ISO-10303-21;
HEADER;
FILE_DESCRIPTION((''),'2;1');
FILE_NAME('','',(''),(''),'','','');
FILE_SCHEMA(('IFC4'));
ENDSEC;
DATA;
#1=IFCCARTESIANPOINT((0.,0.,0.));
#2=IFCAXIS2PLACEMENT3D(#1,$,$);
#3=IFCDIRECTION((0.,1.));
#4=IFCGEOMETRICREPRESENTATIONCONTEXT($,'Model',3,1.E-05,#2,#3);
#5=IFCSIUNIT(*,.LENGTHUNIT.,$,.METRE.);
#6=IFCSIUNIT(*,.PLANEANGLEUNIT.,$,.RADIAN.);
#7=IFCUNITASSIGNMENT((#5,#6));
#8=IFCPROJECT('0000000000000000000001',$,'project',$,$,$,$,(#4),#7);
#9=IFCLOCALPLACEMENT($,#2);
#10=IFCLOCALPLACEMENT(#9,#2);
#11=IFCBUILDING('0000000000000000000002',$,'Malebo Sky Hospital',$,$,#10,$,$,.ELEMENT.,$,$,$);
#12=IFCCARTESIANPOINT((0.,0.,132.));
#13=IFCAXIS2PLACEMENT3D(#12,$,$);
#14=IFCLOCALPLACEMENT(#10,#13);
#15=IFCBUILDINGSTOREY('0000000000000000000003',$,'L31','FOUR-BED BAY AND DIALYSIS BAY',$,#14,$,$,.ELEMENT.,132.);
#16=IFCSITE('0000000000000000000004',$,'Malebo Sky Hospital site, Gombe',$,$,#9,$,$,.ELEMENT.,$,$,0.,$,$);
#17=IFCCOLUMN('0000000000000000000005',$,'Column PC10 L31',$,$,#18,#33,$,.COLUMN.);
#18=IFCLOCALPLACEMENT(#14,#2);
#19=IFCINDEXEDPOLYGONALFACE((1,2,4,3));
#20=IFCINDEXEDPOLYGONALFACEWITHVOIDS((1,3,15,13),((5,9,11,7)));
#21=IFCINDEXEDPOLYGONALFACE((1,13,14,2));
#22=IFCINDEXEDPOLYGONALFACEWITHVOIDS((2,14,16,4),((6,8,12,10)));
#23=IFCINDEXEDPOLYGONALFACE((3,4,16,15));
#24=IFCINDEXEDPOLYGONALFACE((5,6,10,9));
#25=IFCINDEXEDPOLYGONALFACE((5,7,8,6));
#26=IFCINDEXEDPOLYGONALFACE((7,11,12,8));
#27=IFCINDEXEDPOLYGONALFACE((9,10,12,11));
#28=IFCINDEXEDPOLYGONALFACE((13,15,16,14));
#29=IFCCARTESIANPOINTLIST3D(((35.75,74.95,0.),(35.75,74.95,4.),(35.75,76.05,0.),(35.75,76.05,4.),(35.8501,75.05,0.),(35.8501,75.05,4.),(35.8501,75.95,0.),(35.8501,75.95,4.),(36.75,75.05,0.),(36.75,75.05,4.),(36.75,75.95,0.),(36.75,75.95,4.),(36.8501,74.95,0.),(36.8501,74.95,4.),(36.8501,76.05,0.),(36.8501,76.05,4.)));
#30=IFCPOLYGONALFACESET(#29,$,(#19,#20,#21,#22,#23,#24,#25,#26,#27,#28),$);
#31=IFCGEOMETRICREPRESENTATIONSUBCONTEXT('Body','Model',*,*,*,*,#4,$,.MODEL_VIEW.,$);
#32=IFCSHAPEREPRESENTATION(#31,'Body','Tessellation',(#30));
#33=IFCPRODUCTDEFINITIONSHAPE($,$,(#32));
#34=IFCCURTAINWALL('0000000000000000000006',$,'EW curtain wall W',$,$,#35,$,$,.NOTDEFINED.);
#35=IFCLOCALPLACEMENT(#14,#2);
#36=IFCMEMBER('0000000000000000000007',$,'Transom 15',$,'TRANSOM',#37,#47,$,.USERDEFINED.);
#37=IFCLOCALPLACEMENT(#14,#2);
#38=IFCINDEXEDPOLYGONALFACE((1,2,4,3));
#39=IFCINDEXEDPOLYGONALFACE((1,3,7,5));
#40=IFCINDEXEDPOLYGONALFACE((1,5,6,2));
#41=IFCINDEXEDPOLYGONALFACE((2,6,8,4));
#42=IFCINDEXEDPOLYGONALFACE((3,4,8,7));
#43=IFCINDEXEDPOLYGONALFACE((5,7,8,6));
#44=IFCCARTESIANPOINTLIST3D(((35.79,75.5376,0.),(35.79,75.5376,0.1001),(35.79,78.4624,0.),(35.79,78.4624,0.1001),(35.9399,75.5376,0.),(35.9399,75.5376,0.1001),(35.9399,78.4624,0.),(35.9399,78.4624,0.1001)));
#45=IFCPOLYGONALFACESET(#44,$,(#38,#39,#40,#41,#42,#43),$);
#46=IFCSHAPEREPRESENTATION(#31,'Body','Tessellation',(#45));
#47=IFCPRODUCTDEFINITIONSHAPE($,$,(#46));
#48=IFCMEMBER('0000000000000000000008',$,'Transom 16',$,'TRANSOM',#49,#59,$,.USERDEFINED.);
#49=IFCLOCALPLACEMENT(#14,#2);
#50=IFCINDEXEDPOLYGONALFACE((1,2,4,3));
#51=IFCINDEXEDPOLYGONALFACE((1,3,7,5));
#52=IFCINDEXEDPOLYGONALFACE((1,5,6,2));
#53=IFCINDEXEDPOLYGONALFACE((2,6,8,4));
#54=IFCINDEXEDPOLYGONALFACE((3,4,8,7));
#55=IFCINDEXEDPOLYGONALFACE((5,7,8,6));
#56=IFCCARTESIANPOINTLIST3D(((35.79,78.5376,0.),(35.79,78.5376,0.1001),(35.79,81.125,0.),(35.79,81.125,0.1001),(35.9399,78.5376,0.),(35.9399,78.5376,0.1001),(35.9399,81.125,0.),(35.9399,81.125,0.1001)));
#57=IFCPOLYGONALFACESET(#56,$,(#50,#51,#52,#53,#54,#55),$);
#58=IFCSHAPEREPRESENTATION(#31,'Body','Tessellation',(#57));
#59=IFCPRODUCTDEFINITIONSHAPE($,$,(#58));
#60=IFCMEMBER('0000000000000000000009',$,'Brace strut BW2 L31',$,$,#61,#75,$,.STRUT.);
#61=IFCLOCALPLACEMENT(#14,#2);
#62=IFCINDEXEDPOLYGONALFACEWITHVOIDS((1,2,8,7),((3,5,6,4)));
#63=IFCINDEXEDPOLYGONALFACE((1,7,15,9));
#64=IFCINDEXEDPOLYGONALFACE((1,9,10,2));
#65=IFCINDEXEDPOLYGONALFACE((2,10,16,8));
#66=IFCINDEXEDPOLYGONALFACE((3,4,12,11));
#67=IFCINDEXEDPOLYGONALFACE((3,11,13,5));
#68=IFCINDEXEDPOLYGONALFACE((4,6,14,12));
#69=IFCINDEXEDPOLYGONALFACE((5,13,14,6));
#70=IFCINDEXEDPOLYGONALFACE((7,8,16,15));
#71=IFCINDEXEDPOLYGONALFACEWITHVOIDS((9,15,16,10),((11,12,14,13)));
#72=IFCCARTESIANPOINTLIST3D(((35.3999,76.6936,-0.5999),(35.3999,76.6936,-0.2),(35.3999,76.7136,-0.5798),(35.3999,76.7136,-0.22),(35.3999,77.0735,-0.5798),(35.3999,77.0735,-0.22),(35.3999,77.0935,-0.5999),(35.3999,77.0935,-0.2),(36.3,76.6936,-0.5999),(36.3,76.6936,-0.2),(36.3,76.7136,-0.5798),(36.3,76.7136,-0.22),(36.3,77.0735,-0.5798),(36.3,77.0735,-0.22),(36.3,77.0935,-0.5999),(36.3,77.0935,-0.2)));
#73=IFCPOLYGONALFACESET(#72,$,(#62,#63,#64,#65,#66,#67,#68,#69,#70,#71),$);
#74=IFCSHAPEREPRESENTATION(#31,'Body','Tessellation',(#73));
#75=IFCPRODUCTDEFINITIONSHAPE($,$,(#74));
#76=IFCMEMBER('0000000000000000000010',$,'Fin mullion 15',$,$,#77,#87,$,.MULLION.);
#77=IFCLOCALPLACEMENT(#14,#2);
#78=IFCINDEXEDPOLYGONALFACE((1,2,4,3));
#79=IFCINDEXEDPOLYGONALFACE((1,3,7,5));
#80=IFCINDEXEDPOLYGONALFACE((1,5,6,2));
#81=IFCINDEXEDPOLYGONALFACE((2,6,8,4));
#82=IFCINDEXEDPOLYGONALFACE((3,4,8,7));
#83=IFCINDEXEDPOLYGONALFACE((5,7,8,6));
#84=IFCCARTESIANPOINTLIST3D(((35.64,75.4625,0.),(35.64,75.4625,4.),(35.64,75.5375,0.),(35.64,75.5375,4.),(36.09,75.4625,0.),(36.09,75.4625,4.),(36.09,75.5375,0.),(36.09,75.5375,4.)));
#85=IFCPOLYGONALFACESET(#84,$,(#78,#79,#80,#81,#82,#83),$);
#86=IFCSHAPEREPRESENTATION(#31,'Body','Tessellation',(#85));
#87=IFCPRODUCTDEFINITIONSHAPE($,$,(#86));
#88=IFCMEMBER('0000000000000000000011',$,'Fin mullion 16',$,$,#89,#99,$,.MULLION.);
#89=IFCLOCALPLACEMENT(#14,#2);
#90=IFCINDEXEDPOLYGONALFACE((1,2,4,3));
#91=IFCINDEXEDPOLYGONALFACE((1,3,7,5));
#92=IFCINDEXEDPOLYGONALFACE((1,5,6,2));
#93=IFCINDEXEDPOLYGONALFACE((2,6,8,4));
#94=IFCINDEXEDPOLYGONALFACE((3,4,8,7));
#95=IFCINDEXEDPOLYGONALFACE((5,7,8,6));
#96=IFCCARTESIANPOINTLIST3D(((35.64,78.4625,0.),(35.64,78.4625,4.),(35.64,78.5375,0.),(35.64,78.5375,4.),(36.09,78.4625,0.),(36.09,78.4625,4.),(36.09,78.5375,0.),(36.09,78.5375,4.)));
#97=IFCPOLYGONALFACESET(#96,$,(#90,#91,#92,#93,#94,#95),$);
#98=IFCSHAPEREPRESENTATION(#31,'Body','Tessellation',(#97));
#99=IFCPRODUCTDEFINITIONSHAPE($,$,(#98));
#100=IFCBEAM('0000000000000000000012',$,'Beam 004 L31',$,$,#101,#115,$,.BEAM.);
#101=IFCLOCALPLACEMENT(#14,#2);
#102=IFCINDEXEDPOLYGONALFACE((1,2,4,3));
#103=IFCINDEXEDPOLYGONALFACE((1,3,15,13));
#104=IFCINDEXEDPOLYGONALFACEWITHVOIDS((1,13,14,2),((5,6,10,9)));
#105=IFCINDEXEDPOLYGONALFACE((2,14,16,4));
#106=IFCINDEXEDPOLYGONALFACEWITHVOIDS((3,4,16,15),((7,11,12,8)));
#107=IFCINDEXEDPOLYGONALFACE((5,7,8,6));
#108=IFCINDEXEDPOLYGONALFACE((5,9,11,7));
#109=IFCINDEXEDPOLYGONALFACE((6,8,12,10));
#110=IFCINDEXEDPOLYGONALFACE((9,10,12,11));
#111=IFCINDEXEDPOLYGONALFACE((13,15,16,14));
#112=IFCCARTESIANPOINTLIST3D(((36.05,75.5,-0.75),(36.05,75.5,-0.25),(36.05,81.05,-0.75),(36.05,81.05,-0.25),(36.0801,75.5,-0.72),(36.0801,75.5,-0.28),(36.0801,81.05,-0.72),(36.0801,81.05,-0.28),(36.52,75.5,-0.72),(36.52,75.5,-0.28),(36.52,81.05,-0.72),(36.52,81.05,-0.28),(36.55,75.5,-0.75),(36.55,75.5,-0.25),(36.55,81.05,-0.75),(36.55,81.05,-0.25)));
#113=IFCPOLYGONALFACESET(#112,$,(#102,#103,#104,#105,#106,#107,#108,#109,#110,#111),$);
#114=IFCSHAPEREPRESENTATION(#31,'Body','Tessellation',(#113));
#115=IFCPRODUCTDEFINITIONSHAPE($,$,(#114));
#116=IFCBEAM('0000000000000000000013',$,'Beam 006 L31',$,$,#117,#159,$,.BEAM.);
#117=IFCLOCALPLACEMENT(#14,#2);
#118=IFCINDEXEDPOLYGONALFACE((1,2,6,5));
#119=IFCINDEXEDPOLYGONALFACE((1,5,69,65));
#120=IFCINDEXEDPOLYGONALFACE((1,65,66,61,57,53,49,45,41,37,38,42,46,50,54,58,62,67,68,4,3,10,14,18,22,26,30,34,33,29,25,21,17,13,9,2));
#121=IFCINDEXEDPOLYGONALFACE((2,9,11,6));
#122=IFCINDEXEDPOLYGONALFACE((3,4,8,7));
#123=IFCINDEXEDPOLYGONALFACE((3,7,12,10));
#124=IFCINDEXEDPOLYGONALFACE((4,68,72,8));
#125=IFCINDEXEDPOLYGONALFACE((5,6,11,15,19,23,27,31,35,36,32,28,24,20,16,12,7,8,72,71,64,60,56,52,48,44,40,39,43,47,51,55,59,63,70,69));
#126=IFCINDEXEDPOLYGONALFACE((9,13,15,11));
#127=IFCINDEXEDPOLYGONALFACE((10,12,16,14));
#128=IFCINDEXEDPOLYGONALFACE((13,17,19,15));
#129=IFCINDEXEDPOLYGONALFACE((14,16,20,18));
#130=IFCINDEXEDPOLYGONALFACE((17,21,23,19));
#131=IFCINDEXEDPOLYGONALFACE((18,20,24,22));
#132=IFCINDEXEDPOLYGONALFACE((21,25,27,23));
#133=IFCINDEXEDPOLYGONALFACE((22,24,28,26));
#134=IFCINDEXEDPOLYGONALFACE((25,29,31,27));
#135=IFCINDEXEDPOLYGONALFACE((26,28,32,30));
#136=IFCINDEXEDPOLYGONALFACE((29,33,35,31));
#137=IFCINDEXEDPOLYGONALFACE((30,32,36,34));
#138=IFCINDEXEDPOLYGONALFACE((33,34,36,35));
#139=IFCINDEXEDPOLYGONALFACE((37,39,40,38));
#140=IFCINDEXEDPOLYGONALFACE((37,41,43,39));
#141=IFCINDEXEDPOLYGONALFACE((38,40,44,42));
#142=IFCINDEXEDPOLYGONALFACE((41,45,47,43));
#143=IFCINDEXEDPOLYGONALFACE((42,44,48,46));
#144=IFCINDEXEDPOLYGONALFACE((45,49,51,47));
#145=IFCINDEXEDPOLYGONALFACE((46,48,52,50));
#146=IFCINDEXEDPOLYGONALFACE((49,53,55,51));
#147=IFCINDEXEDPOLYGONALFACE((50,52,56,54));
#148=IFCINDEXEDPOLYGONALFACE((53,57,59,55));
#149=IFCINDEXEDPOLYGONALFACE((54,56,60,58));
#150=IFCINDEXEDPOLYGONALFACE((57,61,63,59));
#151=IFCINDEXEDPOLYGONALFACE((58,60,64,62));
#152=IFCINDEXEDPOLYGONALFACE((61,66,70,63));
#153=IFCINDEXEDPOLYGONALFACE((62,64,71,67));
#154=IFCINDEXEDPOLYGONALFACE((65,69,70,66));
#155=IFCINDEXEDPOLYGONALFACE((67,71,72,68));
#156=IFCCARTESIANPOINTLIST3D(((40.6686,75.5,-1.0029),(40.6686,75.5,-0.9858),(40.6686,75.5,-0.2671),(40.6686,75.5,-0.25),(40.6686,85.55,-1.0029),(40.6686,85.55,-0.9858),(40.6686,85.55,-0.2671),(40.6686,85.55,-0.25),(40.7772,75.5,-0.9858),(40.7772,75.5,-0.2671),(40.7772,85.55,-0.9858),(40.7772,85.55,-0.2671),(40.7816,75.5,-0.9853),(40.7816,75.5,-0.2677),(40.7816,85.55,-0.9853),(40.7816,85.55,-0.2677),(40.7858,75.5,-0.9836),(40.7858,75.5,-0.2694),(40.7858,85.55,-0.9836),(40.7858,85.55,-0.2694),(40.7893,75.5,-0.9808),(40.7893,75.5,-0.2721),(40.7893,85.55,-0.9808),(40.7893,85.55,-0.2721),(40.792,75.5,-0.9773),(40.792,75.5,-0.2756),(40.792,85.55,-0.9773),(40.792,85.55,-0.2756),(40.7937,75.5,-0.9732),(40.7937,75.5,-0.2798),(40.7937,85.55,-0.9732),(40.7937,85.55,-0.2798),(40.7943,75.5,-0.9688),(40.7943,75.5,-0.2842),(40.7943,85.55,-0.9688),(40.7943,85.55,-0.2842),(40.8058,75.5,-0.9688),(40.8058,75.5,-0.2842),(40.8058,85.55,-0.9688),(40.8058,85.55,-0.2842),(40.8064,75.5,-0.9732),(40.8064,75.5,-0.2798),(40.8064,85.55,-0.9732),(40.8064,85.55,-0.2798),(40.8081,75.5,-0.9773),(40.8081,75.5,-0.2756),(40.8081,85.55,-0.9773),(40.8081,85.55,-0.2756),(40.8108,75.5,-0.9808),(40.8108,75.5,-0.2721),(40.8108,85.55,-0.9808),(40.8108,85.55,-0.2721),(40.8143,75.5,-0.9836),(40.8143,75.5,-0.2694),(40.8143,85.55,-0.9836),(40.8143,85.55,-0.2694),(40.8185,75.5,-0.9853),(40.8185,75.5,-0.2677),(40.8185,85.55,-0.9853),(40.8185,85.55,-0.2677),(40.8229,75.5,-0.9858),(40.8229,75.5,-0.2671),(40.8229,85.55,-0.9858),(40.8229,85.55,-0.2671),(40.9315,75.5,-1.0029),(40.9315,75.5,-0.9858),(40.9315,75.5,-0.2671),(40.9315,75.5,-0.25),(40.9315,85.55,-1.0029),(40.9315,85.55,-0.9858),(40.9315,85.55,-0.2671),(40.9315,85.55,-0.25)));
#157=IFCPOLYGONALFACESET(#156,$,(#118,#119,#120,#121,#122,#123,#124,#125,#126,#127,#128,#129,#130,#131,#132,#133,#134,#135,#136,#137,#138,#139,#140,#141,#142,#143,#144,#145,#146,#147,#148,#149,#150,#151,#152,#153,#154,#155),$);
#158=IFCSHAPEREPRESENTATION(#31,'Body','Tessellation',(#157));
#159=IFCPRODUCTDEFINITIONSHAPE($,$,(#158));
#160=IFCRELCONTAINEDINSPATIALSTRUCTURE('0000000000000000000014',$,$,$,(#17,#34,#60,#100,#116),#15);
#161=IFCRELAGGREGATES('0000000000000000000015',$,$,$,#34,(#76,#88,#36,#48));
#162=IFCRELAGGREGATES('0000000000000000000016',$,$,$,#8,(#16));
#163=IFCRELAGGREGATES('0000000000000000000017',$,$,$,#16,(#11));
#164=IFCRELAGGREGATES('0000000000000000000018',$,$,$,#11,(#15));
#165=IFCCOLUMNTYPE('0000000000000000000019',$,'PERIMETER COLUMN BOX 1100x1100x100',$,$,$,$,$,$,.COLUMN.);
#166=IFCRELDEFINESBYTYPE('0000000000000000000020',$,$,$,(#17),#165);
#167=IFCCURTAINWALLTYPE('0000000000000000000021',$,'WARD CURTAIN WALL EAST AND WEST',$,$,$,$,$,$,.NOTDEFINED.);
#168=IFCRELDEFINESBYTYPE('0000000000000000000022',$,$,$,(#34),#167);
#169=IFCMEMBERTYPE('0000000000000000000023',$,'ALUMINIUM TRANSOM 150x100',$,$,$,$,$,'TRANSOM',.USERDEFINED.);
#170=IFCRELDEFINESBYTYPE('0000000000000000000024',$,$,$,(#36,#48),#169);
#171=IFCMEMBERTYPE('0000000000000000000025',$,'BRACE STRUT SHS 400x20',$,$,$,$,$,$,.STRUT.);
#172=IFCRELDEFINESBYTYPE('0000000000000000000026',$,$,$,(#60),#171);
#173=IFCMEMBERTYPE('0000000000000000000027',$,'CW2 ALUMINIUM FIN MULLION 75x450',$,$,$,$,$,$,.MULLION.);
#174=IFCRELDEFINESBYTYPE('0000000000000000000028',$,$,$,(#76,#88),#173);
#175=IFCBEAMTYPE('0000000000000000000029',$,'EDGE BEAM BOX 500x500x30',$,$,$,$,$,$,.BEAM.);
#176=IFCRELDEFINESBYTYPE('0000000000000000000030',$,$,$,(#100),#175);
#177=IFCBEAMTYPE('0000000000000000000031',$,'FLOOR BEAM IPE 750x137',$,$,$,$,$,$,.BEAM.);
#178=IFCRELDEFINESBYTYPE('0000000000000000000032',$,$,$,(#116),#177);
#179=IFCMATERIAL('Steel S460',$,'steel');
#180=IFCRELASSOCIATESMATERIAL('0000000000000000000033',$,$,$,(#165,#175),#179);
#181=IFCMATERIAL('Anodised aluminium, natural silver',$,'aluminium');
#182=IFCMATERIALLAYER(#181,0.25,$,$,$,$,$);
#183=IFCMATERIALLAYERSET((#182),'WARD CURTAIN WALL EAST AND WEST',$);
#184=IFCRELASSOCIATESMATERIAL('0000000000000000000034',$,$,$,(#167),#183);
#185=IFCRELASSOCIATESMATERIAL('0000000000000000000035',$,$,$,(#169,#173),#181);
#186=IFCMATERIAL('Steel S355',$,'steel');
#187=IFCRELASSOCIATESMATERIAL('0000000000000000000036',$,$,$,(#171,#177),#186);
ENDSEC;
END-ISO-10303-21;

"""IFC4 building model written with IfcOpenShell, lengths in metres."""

from ifc_helpers import new_model, si_unit, direction, frame, origin, origin_2d, place, context, subcontext, project, spatial, rectangle, hollow_rectangle, i_section, extrude, material, layer, layer_set, material_profile, profile_set, type_object, element, aggregate, save


model = new_model("IFC4")

# Units and contexts
model_context = context("Model", 3, precision=1e-05, world=origin(), true_north=direction((0.0, 1.0)))
body_context = subcontext(model_context, "Body", "Model", "MODEL_VIEW")
ifc_project = project(units=[si_unit("LENGTHUNIT", "METRE"), si_unit("PLANEANGLEUNIT", "RADIAN")], contexts=[model_context])

# Site, building, storey
site_placement = place(None, origin())
site = spatial("IfcSite", under=ifc_project, at=site_placement, Name="Malebo Sky Hospital site, Gombe", CompositionType="ELEMENT", RefElevation=0.0)
building_placement = place(site_placement, origin())
building = spatial("IfcBuilding", under=site, at=building_placement, Name="Malebo Sky Hospital", CompositionType="ELEMENT")
storey_placement = place(building_placement, frame((0.0, 0.0, 132.0)))
storey = spatial("IfcBuildingStorey", under=building, at=storey_placement, Name="L31", Description="FOUR-BED BAY AND DIALYSIS BAY", CompositionType="ELEMENT", Elevation=132.0)

# Column
ifc_material_1 = material(Name="Steel S460", Category="steel")
ifc_material_profile_1 = material_profile(ifc_material_1, hollow_rectangle(XDim=1.1001, YDim=1.1001, WallThickness=0.1001, at=origin_2d()), Name="BOX 1100x1100x100")
ifc_profile_set_1 = profile_set([ifc_material_profile_1], Name="Steel S460")
column_type = type_object("IfcColumnType", Name="PERIMETER COLUMN BOX 1100x1100x100", PredefinedType="COLUMN", material=ifc_profile_set_1)
column_placement = place(storey_placement, frame((36.3, 75.5, 0.0), z_axis=(0.0, 0.0, 1.0), x_axis=(1.0, 0.0, 0.0)))
element("IfcColumn", 1, at=column_placement, inside=storey, type_object=column_type, Name="Column PC10 L31", PredefinedType="COLUMN", context=body_context, shape_type="SweptSolid", body=[
    extrude(hollow_rectangle(XDim=1.1001, YDim=1.1001, WallThickness=0.1001, at=origin_2d()), origin(), (0.0, 0.0, 1.0), 4.0),
])

# Curtain wall, members
ifc_material_2 = material(Name="Anodised aluminium, natural silver", Category="aluminium")
ifc_layer_1 = layer(ifc_material_2, 0.25)
ifc_layer_set_1 = layer_set([ifc_layer_1], Name="WARD CURTAIN WALL EAST AND WEST")
curtain_wall_type = type_object("IfcCurtainWallType", Name="WARD CURTAIN WALL EAST AND WEST", PredefinedType="NOTDEFINED", material=ifc_layer_set_1)
curtain_wall_placement = place(storey_placement, origin())
curtain_wall = element("IfcCurtainWall", 2, at=curtain_wall_placement, inside=storey, type_object=curtain_wall_type, Name="EW curtain wall W", PredefinedType="NOTDEFINED")
ifc_material_profile_2 = material_profile(ifc_material_2, rectangle(XDim=0.1499, YDim=0.1001, at=origin_2d()), Name="ALUMINIUM TRANSOM 150x100")
ifc_profile_set_2 = profile_set([ifc_material_profile_2], Name="Anodised aluminium, natural silver")
member_type_1 = type_object("IfcMemberType", Name="ALUMINIUM TRANSOM 150x100", ElementType="TRANSOM", PredefinedType="USERDEFINED", material=ifc_profile_set_2)
member_1_placement = place(storey_placement, frame((35.865, 75.5376, 0.05), z_axis=(0.0, 1.0, 0.0), x_axis=(-1.0, 0.0, 0.0)))
member_1 = element("IfcMember", 3, at=member_1_placement, type_object=member_type_1, Name="Transom 15", ObjectType="TRANSOM", PredefinedType="USERDEFINED", context=body_context, shape_type="SweptSolid", body=[
    extrude(rectangle(XDim=0.1499, YDim=0.1001, at=origin_2d()), origin(), (0.0, 0.0, 1.0), 2.9248),
])
member_2_placement = place(storey_placement, frame((35.865, 78.5376, 0.05), z_axis=(0.0, 1.0, 0.0), x_axis=(-1.0, 0.0, 0.0)))
member_2 = element("IfcMember", 4, at=member_2_placement, type_object=member_type_1, Name="Transom 16", ObjectType="TRANSOM", PredefinedType="USERDEFINED", context=body_context, shape_type="SweptSolid", body=[
    extrude(rectangle(XDim=0.1499, YDim=0.1001, at=origin_2d()), origin(), (0.0, 0.0, 1.0), 2.5874),
])

# Members
ifc_material_3 = material(Name="Steel S355", Category="steel")
ifc_material_profile_3 = material_profile(ifc_material_3, hollow_rectangle(XDim=0.3999, YDim=0.3999, WallThickness=0.02, at=origin_2d()), Name="SHS 400x20")
ifc_profile_set_3 = profile_set([ifc_material_profile_3], Name="Steel S355")
member_type_2 = type_object("IfcMemberType", Name="BRACE STRUT SHS 400x20", PredefinedType="STRUT", material=ifc_profile_set_3)
member_3_placement = place(storey_placement, frame((35.3999, 76.8936, -0.3999), z_axis=(1.0, 0.0, 0.0), x_axis=(0.0, 1.0, 0.0)))
element("IfcMember", 5, at=member_3_placement, inside=storey, type_object=member_type_2, Name="Brace strut BW2 L31", PredefinedType="STRUT", context=body_context, shape_type="SweptSolid", body=[
    extrude(hollow_rectangle(XDim=0.3999, YDim=0.3999, WallThickness=0.02, at=origin_2d()), origin(), (0.0, 0.0, 1.0), 0.9001),
])
ifc_material_profile_4 = material_profile(ifc_material_2, rectangle(XDim=0.075, YDim=0.45, at=origin_2d()), Name="CW2 ALUMINIUM FIN MULLION 75x450")
ifc_profile_set_4 = profile_set([ifc_material_profile_4], Name="Anodised aluminium, natural silver")
member_type_3 = type_object("IfcMemberType", Name="CW2 ALUMINIUM FIN MULLION 75x450", PredefinedType="MULLION", material=ifc_profile_set_4)
member_4_placement = place(storey_placement, frame((35.865, 75.5, 0.0), z_axis=(0.0, 0.0, 1.0), x_axis=(0.0, 1.0, 0.0)))
member_4 = element("IfcMember", 6, at=member_4_placement, type_object=member_type_3, Name="Fin mullion 15", PredefinedType="MULLION", context=body_context, shape_type="SweptSolid", body=[
    extrude(rectangle(XDim=0.075, YDim=0.45, at=origin_2d()), origin(), (0.0, 0.0, 1.0), 4.0),
])
member_5_placement = place(storey_placement, frame((35.865, 78.5, 0.0), z_axis=(0.0, 0.0, 1.0), x_axis=(0.0, 1.0, 0.0)))
member_5 = element("IfcMember", 7, at=member_5_placement, type_object=member_type_3, Name="Fin mullion 16", PredefinedType="MULLION", context=body_context, shape_type="SweptSolid", body=[
    extrude(rectangle(XDim=0.075, YDim=0.45, at=origin_2d()), origin(), (0.0, 0.0, 1.0), 4.0),
])

# Beams
ifc_material_profile_5 = material_profile(ifc_material_1, hollow_rectangle(XDim=0.5, YDim=0.5, WallThickness=0.03, at=origin_2d()), Name="BOX 500x500x30")
ifc_profile_set_5 = profile_set([ifc_material_profile_5], Name="Steel S460")
beam_type_1 = type_object("IfcBeamType", Name="EDGE BEAM BOX 500x500x30", PredefinedType="BEAM", material=ifc_profile_set_5)
beam_1_placement = place(storey_placement, frame((36.3, 75.5, -0.5), z_axis=(0.0, 1.0, 0.0), x_axis=(-1.0, 0.0, 0.0)))
element("IfcBeam", 8, at=beam_1_placement, inside=storey, type_object=beam_type_1, Name="Beam 004 L31", PredefinedType="BEAM", context=body_context, shape_type="SweptSolid", body=[
    extrude(hollow_rectangle(XDim=0.5, YDim=0.5, WallThickness=0.03, at=origin_2d()), origin(), (0.0, 0.0, 1.0), 5.55),
])
ifc_material_profile_6 = material_profile(ifc_material_3, i_section(OverallWidth=0.2629, OverallDepth=0.7529, WebThickness=0.0115, FlangeThickness=0.0171, FilletRadius=0.0171, at=origin_2d()), Name="IPE 750x137")
ifc_profile_set_6 = profile_set([ifc_material_profile_6], Name="Steel S355")
beam_type_2 = type_object("IfcBeamType", Name="FLOOR BEAM IPE 750x137", PredefinedType="BEAM", material=ifc_profile_set_6)
beam_2_placement = place(storey_placement, frame((40.8, 75.5, -0.6265), z_axis=(0.0, 1.0, 0.0), x_axis=(-1.0, 0.0, 0.0)))
element("IfcBeam", 9, at=beam_2_placement, inside=storey, type_object=beam_type_2, Name="Beam 006 L31", PredefinedType="BEAM", context=body_context, shape_type="SweptSolid", body=[
    extrude(i_section(OverallWidth=0.2629, OverallDepth=0.7529, WebThickness=0.0115, FlangeThickness=0.0171, FilletRadius=0.0171, at=origin_2d()), origin(), (0.0, 0.0, 1.0), 10.05),
])

aggregate(curtain_wall, [member_4, member_5, member_1, member_2])

save(model, "model.ifc")
